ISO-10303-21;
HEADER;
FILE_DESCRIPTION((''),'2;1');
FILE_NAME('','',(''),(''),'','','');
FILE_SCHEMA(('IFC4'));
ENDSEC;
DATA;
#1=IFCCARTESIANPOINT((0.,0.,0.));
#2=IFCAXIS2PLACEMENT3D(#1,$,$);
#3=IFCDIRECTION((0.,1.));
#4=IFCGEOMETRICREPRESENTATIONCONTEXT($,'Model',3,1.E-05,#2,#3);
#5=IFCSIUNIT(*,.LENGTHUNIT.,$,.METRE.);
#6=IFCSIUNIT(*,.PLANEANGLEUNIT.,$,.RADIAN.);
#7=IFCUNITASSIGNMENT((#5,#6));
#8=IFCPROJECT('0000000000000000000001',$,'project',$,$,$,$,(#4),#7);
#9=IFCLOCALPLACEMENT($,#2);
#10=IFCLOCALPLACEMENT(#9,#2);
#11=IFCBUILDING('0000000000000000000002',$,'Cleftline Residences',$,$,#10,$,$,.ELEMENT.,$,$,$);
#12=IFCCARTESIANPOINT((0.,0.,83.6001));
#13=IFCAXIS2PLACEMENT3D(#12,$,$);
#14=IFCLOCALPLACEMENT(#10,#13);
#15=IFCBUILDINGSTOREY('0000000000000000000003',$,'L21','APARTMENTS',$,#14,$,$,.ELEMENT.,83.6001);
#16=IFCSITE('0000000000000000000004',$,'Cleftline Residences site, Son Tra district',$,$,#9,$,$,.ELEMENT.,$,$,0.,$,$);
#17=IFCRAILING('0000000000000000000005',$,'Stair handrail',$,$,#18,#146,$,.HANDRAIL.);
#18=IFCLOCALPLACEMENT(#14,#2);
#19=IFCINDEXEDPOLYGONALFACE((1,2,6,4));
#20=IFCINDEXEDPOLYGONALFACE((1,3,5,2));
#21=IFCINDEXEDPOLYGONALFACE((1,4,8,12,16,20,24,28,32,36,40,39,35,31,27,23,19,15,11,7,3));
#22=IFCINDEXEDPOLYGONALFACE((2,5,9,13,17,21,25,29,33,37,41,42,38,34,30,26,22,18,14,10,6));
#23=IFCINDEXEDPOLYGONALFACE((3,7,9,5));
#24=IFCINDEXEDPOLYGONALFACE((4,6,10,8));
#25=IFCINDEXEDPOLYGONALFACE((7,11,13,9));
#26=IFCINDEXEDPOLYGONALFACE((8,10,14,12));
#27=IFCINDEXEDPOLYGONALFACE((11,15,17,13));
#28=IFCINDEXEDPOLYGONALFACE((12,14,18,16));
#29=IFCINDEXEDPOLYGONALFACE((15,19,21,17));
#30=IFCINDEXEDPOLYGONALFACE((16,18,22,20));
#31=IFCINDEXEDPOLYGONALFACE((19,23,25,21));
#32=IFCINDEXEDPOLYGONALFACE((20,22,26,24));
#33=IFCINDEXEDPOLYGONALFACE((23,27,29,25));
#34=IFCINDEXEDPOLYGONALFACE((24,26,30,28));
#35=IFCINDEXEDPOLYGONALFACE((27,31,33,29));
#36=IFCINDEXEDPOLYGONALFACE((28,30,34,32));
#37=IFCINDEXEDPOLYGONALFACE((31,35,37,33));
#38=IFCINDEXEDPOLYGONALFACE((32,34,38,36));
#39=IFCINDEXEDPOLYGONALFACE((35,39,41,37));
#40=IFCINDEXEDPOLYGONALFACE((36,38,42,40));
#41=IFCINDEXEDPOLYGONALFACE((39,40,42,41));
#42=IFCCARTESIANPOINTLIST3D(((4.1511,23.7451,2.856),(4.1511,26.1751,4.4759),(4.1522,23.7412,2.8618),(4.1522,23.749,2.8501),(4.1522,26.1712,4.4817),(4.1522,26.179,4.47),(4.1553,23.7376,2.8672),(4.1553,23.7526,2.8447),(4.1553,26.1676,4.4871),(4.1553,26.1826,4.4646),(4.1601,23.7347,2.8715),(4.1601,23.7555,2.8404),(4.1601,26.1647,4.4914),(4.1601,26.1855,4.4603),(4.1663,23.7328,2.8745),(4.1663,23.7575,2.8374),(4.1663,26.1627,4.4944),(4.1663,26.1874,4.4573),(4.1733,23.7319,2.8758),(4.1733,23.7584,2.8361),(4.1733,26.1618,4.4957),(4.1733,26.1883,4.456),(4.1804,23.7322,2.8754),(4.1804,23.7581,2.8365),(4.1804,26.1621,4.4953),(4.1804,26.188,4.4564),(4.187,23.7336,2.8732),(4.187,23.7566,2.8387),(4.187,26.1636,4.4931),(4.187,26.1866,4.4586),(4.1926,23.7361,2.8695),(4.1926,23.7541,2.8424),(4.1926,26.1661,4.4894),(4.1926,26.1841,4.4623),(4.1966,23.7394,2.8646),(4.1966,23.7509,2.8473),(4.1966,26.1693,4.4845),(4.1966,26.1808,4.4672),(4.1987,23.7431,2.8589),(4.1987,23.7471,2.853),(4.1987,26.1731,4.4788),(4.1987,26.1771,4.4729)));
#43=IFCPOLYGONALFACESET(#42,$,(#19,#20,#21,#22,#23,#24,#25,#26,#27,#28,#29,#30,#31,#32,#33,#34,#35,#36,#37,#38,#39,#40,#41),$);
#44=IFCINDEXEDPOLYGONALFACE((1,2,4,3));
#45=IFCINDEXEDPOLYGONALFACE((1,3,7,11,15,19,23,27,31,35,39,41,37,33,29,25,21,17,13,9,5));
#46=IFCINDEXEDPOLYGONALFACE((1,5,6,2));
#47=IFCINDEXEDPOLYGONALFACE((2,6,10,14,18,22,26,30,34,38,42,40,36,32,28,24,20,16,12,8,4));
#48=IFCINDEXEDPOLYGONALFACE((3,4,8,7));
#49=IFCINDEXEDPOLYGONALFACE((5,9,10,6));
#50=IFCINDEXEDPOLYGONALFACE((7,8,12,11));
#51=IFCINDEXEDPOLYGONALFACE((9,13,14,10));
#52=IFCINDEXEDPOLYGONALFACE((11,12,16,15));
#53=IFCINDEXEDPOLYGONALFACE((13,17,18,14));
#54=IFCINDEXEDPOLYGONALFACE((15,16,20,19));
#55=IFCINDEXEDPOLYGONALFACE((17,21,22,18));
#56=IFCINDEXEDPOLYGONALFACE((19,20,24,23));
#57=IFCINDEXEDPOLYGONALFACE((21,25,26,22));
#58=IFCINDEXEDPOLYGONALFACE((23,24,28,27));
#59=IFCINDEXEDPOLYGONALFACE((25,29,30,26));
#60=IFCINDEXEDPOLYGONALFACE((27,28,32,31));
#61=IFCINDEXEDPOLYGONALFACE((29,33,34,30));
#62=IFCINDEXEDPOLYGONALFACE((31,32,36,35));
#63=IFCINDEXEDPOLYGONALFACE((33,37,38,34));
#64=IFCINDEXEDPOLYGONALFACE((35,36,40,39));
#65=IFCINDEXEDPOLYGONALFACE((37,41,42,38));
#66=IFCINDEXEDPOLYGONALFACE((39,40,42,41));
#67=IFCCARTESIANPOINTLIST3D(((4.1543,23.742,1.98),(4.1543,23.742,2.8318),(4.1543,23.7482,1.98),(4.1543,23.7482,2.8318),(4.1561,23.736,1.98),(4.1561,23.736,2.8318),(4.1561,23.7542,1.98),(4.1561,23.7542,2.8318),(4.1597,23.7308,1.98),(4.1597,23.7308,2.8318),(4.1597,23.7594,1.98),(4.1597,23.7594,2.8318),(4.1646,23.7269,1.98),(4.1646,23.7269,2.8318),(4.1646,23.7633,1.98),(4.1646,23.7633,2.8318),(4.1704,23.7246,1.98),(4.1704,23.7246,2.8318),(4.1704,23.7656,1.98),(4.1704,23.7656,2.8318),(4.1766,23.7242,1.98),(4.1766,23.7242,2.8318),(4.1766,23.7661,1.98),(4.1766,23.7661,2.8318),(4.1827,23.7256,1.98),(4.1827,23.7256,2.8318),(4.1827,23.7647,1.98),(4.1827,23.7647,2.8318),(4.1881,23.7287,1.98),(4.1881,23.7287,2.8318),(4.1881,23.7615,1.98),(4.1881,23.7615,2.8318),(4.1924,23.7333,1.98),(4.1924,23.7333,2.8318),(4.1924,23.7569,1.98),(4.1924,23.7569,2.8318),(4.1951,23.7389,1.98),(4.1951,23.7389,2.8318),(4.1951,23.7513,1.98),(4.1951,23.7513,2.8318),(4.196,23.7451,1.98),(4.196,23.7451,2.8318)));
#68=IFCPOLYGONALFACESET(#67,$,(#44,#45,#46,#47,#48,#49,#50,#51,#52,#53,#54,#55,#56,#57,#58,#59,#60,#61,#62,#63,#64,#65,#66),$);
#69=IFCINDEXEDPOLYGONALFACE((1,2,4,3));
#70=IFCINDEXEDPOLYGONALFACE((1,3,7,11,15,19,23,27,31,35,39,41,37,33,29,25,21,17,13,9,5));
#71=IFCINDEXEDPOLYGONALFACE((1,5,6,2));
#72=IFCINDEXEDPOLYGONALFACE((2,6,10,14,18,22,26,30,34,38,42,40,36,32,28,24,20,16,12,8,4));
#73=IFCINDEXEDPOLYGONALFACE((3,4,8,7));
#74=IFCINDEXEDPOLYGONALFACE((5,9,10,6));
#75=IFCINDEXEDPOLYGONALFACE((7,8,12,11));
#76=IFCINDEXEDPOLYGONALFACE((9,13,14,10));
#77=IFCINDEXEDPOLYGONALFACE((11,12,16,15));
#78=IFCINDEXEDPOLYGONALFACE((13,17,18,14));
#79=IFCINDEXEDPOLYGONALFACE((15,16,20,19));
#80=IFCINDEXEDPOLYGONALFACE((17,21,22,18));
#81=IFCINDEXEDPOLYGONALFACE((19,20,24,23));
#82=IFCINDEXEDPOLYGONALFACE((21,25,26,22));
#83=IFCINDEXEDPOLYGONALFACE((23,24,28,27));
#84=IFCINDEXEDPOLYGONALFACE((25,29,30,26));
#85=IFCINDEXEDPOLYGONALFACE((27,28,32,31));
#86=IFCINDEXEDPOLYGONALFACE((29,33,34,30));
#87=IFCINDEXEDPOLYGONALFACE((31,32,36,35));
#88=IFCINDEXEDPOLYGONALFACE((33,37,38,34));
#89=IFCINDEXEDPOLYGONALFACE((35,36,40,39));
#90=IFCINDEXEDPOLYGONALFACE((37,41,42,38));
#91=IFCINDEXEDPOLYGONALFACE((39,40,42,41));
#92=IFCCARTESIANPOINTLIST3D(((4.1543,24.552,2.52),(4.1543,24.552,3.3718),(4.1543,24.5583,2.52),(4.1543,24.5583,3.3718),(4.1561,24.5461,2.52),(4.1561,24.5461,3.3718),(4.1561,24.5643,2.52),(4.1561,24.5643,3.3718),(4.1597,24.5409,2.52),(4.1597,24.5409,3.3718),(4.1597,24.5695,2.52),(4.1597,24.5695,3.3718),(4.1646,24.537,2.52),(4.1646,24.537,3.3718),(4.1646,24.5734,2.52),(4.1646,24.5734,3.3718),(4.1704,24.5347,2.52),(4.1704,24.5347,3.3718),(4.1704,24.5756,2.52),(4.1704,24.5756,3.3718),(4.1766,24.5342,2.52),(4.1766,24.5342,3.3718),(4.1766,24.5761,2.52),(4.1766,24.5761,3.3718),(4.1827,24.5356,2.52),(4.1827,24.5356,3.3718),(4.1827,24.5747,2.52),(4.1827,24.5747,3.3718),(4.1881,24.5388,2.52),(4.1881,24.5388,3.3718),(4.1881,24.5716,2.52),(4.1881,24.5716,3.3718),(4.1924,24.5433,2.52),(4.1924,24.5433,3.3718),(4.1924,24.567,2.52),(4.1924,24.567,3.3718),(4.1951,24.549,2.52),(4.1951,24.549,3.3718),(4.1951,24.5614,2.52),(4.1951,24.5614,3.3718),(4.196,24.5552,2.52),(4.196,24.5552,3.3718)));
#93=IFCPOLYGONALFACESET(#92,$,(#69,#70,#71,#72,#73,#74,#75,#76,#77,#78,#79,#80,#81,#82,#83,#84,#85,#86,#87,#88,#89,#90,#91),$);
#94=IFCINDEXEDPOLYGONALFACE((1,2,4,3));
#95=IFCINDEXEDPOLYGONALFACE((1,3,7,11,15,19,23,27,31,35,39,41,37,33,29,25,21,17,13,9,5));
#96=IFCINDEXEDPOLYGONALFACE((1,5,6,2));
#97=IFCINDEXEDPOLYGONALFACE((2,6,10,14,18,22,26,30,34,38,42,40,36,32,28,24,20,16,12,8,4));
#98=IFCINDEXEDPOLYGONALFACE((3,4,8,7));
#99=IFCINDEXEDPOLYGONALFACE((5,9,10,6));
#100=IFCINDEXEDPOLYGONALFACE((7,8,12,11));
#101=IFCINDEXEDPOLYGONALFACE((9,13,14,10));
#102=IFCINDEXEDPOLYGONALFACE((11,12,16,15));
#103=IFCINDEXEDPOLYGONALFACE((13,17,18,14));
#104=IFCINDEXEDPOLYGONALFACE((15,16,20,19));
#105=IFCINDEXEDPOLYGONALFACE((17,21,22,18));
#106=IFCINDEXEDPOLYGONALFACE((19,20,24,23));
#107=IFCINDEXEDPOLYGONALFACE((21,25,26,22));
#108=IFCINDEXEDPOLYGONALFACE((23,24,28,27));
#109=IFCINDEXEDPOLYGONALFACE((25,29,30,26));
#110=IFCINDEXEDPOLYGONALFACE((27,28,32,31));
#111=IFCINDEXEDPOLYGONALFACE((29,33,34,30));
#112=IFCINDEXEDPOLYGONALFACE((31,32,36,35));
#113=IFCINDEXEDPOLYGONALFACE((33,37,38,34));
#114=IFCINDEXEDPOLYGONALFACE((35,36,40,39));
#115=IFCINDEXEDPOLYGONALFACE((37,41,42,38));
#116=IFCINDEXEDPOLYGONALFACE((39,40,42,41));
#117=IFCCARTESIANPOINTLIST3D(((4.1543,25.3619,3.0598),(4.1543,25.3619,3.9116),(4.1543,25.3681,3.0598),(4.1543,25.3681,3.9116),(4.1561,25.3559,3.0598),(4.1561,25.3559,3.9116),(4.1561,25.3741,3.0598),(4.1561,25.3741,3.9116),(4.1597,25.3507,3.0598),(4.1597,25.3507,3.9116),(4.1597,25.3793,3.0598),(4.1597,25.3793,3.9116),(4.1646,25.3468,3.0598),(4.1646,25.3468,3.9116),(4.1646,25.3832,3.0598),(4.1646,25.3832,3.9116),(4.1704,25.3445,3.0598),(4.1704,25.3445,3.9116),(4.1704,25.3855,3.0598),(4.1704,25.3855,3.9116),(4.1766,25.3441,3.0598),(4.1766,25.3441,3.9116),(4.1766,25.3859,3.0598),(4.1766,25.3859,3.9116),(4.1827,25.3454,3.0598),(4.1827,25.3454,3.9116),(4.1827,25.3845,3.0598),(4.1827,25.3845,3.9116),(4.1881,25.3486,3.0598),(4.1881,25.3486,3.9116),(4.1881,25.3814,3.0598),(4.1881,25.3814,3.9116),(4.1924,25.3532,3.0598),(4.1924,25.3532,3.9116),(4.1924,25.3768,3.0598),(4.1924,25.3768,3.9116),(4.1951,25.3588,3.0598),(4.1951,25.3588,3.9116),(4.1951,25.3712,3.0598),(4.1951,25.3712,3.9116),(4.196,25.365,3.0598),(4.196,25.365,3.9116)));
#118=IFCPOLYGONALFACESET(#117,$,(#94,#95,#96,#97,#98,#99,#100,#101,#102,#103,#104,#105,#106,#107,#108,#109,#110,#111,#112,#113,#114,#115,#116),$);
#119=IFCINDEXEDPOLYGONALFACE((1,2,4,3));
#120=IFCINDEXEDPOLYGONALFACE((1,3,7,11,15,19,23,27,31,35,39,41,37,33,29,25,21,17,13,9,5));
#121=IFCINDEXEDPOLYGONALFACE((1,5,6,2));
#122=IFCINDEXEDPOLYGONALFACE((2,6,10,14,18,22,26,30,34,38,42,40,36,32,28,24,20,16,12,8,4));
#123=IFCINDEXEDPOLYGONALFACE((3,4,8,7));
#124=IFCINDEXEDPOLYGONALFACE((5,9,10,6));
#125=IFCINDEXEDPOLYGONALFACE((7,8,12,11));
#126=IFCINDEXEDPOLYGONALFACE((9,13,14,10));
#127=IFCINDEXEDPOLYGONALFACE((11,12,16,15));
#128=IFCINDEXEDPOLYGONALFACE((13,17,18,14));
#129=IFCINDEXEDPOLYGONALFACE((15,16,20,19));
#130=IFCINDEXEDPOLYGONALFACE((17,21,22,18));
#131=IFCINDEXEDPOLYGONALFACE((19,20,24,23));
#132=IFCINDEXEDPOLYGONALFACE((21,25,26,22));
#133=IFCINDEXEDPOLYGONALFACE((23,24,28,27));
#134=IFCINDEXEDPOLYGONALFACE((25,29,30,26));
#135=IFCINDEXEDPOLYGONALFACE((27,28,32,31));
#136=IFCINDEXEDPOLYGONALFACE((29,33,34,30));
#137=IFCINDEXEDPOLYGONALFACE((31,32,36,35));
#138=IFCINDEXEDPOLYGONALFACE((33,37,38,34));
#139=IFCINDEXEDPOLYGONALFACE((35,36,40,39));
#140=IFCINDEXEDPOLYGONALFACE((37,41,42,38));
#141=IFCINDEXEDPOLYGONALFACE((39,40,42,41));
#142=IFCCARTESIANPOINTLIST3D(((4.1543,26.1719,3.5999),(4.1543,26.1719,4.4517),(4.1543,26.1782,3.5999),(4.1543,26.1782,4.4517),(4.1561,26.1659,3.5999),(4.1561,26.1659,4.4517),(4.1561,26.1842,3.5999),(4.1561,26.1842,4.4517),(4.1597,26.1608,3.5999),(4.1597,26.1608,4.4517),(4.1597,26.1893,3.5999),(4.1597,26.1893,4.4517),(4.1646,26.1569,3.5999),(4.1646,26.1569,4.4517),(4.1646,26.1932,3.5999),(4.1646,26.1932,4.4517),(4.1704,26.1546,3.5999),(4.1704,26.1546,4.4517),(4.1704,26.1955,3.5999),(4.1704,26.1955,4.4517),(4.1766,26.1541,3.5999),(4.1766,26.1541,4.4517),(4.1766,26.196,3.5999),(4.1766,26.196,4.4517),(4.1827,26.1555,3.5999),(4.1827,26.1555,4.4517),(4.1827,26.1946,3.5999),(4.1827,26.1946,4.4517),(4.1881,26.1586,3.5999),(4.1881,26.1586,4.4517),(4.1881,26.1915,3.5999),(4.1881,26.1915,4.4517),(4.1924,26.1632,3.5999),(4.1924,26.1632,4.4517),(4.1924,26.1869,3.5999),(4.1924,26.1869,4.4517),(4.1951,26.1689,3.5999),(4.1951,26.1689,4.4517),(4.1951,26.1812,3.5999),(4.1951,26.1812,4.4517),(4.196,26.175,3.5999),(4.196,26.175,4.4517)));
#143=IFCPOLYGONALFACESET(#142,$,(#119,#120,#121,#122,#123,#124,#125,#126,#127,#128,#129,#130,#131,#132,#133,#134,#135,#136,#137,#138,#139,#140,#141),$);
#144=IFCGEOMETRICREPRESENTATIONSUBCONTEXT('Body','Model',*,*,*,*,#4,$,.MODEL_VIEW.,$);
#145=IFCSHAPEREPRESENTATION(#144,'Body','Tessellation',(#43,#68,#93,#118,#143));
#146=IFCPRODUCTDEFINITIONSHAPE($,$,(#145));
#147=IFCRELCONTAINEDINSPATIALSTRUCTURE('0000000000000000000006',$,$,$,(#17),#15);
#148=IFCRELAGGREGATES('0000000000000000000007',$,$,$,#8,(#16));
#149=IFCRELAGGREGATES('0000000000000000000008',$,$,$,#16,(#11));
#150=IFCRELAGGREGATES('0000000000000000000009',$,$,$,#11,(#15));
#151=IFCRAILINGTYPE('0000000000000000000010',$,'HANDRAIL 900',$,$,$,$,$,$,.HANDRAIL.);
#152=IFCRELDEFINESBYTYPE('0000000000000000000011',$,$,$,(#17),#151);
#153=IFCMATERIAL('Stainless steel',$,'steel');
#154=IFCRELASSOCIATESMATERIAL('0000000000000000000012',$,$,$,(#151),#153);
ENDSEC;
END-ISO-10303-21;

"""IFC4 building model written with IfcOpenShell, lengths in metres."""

from ifc_helpers import new_model, si_unit, direction, frame, origin, origin_2d, place, context, subcontext, project, spatial, circle, extrude, material, type_object, element, save


model = new_model("IFC4")

# Units and contexts
model_context = context("Model", 3, precision=1e-05, world=origin(), true_north=direction((0.0, 1.0)))
body_context = subcontext(model_context, "Body", "Model", "MODEL_VIEW")
ifc_project = project(units=[si_unit("LENGTHUNIT", "METRE"), si_unit("PLANEANGLEUNIT", "RADIAN")], contexts=[model_context])

# Site, building, storey
site_placement = place(None, origin())
site = spatial("IfcSite", under=ifc_project, at=site_placement, Name="Cleftline Residences site, Son Tra district", CompositionType="ELEMENT", RefElevation=0.0)
building_placement = place(site_placement, origin())
building = spatial("IfcBuilding", under=site, at=building_placement, Name="Cleftline Residences", CompositionType="ELEMENT")
storey_placement = place(building_placement, frame((0.0, 0.0, 83.6001)))
storey = spatial("IfcBuildingStorey", under=building, at=storey_placement, Name="L21", Description="APARTMENTS", CompositionType="ELEMENT", Elevation=83.6001)

# Railing
ifc_material_1 = material(Name="Stainless steel", Category="steel")
railing_type = type_object("IfcRailingType", Name="HANDRAIL 900", PredefinedType="HANDRAIL", material=ifc_material_1)
railing_1_placement = place(storey_placement, frame((4.175, 23.7451, 1.98)))
element("IfcRailing", 1, at=railing_1_placement, inside=storey, type_object=railing_type, Name="Stair handrail", PredefinedType="HANDRAIL", context=body_context, shape_type="SweptSolid", body=[
    extrude(circle(Radius=0.0239, at=origin_2d()), frame((0.0, 0.0, 0.876), z_axis=(0.0, 0.832063, 0.554681), x_axis=(-1.0, 0.0, 0.0)), (0.0, 0.0, 1.0), 2.9204),
    extrude(circle(Radius=0.021, at=origin_2d()), origin(), (0.0, 0.0, 1.0), 0.8518),
    extrude(circle(Radius=0.021, at=origin_2d()), frame((0.0, 0.8101, 0.54)), (0.0, 0.0, 1.0), 0.8518),
    extrude(circle(Radius=0.021, at=origin_2d()), frame((0.0, 1.6199, 1.0798)), (0.0, 0.0, 1.0), 0.8518),
    extrude(circle(Radius=0.021, at=origin_2d()), frame((0.0, 2.4299, 1.6199)), (0.0, 0.0, 1.0), 0.8518),
])

save(model, "model.ifc")
